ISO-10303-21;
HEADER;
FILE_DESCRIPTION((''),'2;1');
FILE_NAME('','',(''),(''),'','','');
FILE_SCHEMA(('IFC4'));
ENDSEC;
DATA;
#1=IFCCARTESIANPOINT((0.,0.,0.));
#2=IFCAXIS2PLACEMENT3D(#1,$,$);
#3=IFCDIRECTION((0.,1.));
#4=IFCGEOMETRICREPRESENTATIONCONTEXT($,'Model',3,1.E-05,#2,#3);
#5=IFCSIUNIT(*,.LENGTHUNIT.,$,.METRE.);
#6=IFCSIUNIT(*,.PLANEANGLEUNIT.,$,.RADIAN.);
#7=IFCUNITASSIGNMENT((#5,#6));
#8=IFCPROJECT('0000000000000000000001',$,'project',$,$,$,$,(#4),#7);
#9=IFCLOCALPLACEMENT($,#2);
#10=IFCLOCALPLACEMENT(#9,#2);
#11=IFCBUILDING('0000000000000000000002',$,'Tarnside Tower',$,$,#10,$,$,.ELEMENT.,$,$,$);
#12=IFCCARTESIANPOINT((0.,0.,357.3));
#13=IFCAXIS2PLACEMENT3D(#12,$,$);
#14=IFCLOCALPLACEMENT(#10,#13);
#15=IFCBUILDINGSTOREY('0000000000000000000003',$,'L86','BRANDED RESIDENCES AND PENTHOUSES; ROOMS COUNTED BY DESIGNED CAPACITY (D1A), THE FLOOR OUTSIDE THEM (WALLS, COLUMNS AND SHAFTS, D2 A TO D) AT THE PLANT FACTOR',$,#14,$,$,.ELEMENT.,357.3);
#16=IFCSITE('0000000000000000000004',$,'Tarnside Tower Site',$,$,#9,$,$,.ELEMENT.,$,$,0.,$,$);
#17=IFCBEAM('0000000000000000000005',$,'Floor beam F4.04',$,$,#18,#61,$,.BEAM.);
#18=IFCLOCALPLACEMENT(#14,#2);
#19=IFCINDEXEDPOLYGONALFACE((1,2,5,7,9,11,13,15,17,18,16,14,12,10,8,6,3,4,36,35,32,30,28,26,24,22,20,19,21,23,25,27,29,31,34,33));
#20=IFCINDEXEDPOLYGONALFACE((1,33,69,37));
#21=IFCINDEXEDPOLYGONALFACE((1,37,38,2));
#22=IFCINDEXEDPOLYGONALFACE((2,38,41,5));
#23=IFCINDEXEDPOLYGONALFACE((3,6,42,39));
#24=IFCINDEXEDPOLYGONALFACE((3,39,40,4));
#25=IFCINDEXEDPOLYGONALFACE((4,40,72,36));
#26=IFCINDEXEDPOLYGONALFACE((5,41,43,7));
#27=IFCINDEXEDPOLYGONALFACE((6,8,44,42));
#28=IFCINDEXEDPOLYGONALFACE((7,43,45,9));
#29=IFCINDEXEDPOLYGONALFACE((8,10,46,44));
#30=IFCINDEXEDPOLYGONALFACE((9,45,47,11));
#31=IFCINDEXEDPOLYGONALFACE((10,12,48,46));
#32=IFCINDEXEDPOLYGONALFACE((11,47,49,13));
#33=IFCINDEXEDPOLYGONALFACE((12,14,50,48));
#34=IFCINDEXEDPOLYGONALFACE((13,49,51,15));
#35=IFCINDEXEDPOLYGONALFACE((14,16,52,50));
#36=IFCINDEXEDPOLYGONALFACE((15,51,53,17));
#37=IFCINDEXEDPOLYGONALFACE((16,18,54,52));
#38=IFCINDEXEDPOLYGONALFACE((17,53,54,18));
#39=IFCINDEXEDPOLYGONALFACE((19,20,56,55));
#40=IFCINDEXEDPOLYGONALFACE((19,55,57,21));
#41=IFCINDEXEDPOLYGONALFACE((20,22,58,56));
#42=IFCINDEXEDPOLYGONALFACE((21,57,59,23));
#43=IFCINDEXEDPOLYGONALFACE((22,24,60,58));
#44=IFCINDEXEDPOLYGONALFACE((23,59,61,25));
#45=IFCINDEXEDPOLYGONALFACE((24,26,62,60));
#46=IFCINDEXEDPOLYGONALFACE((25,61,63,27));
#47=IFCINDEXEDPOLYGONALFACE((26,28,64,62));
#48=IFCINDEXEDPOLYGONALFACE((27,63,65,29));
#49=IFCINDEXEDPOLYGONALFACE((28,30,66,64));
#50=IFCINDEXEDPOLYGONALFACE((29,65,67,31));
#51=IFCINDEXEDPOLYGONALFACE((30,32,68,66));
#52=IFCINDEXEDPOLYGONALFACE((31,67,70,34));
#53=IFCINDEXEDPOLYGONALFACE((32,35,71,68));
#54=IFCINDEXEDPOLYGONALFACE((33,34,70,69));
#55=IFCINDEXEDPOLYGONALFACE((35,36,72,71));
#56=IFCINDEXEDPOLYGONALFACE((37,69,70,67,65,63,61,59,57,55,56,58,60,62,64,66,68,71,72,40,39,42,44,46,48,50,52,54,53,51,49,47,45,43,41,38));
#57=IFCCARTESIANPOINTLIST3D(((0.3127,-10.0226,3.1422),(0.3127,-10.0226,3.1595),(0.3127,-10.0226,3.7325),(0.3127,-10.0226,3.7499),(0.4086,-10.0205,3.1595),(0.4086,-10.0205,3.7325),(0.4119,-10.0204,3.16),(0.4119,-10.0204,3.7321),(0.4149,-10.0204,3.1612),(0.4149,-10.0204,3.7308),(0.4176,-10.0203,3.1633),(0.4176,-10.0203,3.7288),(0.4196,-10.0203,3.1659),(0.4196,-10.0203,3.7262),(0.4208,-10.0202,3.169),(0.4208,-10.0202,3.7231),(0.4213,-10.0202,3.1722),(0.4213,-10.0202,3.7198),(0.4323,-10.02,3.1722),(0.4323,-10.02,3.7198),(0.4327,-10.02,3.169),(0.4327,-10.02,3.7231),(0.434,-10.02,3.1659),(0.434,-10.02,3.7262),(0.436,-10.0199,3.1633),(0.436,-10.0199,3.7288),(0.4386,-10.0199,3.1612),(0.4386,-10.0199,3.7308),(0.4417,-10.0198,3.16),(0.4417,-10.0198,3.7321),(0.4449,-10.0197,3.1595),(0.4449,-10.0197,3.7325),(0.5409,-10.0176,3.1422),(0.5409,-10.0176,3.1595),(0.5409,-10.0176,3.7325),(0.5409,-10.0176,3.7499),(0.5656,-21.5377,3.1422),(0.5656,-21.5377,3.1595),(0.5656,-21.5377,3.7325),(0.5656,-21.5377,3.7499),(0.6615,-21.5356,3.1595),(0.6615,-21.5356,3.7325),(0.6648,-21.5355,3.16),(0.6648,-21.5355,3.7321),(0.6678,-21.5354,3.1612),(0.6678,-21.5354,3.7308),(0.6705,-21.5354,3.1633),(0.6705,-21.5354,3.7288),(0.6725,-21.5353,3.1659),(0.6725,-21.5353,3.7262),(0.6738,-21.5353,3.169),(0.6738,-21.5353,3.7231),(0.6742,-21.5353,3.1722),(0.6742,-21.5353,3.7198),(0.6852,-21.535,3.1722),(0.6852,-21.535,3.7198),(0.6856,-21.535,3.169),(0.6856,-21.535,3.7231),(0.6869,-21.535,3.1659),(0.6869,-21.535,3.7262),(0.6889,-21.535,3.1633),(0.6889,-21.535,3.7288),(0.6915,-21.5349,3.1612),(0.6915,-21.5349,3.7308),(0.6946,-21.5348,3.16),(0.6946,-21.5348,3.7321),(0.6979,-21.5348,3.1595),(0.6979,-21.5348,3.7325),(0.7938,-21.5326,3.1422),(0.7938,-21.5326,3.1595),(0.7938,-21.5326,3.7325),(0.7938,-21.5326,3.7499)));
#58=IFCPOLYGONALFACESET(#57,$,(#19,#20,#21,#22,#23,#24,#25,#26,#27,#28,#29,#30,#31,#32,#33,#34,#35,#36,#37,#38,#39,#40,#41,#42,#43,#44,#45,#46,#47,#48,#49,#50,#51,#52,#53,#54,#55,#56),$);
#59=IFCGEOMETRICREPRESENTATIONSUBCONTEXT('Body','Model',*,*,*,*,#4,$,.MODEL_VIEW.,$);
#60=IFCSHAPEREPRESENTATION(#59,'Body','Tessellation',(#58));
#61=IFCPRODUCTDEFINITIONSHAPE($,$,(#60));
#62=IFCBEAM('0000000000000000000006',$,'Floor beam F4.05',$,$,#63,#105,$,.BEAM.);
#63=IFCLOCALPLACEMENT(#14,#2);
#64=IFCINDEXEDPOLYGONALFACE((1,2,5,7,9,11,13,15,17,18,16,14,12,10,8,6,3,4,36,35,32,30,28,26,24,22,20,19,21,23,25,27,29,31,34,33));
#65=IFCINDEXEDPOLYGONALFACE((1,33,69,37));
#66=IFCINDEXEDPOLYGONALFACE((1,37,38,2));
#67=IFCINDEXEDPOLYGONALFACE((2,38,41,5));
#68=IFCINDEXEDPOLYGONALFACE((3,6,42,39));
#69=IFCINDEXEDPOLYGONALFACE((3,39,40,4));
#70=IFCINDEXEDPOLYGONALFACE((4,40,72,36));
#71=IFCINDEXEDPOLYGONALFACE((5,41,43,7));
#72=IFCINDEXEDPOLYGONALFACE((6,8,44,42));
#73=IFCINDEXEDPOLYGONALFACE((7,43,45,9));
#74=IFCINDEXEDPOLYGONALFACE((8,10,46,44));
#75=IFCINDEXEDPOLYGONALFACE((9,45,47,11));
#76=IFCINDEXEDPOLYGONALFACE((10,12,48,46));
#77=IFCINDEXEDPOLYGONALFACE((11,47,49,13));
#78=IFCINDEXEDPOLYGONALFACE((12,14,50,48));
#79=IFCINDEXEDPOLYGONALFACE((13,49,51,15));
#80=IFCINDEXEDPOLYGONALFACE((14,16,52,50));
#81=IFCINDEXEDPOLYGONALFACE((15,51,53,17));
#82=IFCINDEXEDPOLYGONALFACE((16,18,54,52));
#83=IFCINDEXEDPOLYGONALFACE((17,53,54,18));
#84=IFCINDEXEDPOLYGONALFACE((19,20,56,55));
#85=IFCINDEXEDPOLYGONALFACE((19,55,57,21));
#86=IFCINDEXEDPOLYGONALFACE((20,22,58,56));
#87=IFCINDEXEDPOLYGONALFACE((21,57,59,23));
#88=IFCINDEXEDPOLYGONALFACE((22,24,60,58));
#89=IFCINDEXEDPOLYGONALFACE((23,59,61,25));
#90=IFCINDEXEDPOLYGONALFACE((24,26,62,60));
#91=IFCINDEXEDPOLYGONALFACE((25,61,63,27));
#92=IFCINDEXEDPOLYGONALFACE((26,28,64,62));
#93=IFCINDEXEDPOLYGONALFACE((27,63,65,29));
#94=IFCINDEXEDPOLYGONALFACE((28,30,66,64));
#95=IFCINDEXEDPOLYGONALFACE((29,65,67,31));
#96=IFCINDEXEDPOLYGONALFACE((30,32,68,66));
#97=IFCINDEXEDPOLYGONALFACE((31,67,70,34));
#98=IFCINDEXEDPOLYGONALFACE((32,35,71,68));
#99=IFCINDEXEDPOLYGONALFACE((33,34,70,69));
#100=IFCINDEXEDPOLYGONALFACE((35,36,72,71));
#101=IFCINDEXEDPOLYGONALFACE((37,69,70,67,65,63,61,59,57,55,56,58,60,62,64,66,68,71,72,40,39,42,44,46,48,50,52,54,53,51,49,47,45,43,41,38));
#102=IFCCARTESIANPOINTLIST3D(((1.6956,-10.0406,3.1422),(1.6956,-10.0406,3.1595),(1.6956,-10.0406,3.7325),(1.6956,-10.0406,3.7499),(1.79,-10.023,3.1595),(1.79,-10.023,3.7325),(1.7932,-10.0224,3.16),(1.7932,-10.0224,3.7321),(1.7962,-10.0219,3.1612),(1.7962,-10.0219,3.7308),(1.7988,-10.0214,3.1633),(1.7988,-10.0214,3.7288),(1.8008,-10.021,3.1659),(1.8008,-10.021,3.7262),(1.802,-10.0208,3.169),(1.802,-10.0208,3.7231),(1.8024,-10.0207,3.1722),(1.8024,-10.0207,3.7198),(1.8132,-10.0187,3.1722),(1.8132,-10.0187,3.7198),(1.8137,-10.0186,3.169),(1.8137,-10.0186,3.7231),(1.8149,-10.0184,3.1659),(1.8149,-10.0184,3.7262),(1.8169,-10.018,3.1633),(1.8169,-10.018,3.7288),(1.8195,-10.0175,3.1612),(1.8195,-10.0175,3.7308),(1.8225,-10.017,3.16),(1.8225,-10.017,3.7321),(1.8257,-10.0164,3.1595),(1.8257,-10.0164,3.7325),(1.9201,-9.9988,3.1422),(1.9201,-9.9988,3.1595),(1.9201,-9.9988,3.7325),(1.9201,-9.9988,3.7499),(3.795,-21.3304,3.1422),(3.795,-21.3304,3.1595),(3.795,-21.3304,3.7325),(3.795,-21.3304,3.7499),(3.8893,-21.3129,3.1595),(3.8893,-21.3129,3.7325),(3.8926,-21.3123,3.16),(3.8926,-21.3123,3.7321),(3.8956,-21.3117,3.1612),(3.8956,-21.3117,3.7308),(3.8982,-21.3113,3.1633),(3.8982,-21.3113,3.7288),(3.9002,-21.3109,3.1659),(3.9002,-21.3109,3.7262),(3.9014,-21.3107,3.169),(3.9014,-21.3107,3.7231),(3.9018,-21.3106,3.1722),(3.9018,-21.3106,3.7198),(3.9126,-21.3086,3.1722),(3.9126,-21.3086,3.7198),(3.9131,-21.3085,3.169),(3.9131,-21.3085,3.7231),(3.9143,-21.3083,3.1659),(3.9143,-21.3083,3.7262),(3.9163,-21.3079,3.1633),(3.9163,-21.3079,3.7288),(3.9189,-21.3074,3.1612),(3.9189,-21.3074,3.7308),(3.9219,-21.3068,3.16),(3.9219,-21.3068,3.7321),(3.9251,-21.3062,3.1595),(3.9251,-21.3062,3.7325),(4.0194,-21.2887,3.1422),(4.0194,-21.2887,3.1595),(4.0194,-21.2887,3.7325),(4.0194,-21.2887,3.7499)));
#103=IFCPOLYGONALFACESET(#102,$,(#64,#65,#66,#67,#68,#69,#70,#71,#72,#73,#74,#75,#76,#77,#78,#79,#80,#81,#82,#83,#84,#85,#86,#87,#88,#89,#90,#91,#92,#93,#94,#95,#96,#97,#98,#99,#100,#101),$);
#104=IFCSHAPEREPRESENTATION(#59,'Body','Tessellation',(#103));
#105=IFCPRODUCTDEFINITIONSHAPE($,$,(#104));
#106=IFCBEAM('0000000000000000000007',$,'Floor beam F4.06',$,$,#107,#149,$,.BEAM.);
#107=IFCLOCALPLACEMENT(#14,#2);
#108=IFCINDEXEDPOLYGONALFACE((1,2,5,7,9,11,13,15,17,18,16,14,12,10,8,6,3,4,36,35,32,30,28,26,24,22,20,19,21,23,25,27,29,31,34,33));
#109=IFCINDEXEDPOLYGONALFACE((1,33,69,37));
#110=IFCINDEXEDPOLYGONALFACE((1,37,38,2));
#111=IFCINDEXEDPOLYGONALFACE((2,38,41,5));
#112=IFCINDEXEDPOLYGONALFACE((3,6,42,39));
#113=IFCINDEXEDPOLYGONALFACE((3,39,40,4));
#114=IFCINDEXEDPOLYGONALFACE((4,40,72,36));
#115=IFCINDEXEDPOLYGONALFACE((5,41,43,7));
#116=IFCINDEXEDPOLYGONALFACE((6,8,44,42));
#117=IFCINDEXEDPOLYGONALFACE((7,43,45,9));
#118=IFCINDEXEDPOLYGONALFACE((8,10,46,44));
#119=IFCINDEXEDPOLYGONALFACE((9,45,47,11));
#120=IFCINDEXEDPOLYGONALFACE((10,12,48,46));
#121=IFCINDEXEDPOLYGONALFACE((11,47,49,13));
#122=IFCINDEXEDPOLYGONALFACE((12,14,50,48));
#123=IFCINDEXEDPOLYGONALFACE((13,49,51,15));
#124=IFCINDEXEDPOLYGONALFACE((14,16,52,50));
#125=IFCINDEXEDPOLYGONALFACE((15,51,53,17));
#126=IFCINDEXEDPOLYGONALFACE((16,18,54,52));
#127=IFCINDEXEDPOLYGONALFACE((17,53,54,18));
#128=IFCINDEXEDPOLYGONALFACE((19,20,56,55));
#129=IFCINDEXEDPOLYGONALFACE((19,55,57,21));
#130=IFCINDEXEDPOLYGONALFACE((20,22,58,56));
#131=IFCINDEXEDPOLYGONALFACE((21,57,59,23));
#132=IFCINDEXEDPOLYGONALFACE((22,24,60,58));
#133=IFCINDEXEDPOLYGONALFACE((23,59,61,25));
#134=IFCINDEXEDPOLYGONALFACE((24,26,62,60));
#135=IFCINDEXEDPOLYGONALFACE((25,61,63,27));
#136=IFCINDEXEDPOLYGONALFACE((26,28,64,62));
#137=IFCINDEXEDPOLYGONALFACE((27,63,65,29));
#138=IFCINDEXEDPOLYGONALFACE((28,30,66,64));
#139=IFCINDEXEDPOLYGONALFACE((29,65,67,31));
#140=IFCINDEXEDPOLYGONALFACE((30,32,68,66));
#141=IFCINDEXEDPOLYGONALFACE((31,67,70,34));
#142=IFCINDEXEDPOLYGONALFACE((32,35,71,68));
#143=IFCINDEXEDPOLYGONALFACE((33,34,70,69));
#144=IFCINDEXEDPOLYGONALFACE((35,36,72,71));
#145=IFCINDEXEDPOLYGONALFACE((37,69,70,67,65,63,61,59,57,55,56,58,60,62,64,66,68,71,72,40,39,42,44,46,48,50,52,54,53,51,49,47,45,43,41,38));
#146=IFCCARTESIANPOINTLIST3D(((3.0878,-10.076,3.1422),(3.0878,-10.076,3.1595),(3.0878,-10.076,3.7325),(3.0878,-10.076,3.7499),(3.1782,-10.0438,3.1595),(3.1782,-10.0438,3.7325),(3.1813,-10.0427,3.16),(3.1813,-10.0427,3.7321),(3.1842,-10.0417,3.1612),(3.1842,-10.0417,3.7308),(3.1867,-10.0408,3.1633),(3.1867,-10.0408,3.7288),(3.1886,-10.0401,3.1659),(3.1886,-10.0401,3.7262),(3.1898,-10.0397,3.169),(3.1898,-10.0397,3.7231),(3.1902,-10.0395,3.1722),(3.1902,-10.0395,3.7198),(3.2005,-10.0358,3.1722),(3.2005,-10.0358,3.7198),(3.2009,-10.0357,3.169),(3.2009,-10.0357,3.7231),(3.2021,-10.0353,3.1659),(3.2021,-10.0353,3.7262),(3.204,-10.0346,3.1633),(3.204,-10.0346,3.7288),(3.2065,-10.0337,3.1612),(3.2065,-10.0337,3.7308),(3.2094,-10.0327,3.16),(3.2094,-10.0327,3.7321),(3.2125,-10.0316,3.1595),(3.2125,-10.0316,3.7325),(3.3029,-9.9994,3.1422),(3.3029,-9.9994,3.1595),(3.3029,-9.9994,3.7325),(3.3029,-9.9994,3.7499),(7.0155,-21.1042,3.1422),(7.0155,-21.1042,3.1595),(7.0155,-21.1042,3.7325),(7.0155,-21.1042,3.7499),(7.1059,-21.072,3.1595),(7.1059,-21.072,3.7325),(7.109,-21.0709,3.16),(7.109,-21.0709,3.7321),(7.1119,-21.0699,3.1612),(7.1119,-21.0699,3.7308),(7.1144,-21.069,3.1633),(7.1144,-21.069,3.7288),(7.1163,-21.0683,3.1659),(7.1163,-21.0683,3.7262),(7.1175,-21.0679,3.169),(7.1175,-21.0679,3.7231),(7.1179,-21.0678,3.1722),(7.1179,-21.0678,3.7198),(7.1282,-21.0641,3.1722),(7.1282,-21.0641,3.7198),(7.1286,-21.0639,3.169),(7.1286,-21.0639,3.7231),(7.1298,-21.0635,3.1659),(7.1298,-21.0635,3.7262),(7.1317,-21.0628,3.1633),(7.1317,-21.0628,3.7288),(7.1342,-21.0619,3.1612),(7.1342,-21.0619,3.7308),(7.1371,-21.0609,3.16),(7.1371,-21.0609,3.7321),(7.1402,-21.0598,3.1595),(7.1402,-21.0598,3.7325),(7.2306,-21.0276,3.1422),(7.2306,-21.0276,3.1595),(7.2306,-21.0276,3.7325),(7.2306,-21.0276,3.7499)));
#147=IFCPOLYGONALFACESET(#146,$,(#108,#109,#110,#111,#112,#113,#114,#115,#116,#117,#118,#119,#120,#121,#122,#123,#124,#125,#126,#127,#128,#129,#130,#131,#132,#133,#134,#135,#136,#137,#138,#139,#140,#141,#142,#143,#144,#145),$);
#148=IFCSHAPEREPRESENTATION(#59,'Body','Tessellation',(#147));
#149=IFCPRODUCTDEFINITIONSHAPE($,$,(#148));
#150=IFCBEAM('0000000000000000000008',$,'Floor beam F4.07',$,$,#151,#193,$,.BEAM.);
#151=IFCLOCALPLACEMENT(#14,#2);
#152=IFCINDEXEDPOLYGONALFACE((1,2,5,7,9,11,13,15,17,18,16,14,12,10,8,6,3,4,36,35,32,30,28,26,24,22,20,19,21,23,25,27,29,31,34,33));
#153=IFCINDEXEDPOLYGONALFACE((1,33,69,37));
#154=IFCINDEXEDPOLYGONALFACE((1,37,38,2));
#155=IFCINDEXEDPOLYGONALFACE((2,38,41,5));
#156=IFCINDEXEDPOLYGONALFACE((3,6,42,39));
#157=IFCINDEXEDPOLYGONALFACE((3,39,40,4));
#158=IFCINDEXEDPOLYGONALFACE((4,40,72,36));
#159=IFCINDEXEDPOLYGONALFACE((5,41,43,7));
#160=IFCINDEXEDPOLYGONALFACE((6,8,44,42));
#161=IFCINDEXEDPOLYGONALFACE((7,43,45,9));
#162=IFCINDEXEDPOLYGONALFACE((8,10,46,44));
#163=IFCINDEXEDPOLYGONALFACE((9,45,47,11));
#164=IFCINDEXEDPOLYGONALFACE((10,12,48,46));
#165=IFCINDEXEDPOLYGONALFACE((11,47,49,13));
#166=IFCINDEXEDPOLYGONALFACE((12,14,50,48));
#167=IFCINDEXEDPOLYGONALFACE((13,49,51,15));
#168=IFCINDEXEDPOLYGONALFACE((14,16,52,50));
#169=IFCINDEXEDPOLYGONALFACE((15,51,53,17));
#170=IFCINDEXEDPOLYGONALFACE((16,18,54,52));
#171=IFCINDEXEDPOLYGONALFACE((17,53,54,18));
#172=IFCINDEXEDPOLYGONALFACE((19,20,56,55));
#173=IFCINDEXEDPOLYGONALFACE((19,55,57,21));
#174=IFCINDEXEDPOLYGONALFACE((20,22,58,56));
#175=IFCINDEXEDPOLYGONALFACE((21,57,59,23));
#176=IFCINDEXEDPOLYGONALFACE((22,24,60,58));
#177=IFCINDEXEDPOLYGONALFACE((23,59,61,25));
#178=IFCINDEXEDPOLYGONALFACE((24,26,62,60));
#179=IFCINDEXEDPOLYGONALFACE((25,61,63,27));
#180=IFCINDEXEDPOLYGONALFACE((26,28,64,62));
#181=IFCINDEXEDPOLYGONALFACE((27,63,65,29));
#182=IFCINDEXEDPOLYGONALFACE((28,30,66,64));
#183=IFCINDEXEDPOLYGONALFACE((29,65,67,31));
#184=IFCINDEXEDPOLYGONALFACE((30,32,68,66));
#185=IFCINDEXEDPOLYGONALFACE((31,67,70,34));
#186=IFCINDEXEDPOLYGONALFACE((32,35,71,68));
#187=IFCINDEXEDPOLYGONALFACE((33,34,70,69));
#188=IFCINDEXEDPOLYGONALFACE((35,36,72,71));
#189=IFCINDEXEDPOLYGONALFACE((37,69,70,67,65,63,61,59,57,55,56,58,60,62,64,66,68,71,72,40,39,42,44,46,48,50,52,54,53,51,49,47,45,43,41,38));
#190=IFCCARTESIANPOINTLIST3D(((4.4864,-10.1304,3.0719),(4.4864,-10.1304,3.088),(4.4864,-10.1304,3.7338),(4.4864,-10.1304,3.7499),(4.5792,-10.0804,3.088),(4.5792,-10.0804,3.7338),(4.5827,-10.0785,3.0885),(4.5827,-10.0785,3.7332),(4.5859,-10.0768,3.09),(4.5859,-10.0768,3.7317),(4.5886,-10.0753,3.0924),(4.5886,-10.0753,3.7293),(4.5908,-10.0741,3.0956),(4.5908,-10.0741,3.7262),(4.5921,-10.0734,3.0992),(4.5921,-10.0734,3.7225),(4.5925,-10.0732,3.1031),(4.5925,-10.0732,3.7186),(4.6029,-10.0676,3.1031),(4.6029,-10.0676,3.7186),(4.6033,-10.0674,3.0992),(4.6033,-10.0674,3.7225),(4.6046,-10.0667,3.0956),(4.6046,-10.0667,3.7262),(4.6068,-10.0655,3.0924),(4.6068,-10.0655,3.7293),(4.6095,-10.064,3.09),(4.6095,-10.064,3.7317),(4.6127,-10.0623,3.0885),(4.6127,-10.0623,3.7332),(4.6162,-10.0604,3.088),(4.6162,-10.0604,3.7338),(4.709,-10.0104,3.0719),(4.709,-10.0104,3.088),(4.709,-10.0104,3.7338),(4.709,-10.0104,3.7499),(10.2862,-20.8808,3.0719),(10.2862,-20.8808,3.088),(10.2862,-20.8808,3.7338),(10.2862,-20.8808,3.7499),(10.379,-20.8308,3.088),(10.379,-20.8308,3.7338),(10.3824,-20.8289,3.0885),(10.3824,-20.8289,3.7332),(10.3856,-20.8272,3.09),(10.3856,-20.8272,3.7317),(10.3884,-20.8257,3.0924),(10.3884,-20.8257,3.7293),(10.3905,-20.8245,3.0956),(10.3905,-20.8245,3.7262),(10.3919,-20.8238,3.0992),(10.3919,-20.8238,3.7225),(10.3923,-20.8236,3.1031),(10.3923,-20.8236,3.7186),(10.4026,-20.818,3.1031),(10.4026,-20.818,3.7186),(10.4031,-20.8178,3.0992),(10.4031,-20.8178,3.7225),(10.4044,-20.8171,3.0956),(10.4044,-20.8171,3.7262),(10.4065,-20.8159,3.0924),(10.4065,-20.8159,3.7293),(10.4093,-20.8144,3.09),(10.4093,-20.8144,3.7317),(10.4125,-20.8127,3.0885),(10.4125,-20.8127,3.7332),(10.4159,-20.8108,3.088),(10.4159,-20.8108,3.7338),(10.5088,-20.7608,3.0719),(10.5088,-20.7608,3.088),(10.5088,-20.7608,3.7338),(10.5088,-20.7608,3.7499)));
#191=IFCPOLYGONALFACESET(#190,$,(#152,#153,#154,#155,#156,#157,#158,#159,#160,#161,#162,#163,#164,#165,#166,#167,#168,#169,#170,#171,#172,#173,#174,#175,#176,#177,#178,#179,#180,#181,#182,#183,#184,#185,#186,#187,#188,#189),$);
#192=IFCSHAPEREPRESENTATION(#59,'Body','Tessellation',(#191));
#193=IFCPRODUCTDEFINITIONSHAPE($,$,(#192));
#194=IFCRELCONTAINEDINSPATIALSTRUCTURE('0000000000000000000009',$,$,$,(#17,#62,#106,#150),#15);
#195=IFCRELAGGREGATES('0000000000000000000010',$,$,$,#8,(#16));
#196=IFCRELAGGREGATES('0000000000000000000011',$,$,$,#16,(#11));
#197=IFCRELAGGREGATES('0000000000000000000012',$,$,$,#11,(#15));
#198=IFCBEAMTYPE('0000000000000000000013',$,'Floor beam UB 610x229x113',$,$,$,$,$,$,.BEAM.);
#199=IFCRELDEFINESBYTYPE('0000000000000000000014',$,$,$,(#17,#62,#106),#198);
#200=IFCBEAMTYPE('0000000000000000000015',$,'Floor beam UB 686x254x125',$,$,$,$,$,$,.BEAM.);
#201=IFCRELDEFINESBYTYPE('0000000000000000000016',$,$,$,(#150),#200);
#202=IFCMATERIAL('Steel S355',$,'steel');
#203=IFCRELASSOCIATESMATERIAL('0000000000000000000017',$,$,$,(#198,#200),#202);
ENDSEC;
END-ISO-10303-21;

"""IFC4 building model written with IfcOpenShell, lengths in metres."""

from ifc_helpers import new_model, si_unit, direction, frame, origin, origin_2d, place, context, subcontext, project, spatial, i_section, extrude, material, material_profile, profile_set, type_object, element, save


model = new_model("IFC4")

# Units and contexts
model_context = context("Model", 3, precision=1e-05, world=origin(), true_north=direction((0.0, 1.0)))
body_context = subcontext(model_context, "Body", "Model", "MODEL_VIEW")
ifc_project = project(units=[si_unit("LENGTHUNIT", "METRE"), si_unit("PLANEANGLEUNIT", "RADIAN")], contexts=[model_context])

# Site, building, storey
site_placement = place(None, origin())
site = spatial("IfcSite", under=ifc_project, at=site_placement, Name="Tarnside Tower Site", CompositionType="ELEMENT", RefElevation=0.0)
building_placement = place(site_placement, origin())
building = spatial("IfcBuilding", under=site, at=building_placement, Name="Tarnside Tower", CompositionType="ELEMENT")
storey_placement = place(building_placement, frame((0.0, 0.0, 357.3)))
storey = spatial("IfcBuildingStorey", under=building, at=storey_placement, Name="L86", Description="BRANDED RESIDENCES AND PENTHOUSES; ROOMS COUNTED BY DESIGNED CAPACITY (D1A), THE FLOOR OUTSIDE THEM (WALLS, COLUMNS AND SHAFTS, D2 A TO D) AT THE PLANT FACTOR", CompositionType="ELEMENT", Elevation=357.3)

# Beams
ifc_material_1 = material(Name="Steel S355", Category="steel")
ifc_material_profile_1 = material_profile(ifc_material_1, i_section(OverallWidth=0.2283, OverallDepth=0.6077, WebThickness=0.011, FlangeThickness=0.0173, FilletRadius=0.0127, at=origin_2d()), Name="UB 610x229x113")
ifc_profile_set_1 = profile_set([ifc_material_profile_1], Name="Steel S355")
beam_type_1 = type_object("IfcBeamType", Name="Floor beam UB 610x229x113", PredefinedType="BEAM", material=ifc_profile_set_1)
beam_1_placement = place(storey_placement, frame((0.6797, -21.5352, 3.446), z_axis=(-0.02196, 0.999759, 0.0), x_axis=(-0.999759, -0.02196, 0.0)))
element("IfcBeam", 1, at=beam_1_placement, inside=storey, type_object=beam_type_1, Name="Floor beam F4.04", PredefinedType="BEAM", context=body_context, shape_type="SweptSolid", body=[
    extrude(i_section(OverallWidth=0.2283, OverallDepth=0.6077, WebThickness=0.011, FlangeThickness=0.0173, FilletRadius=0.0127, at=origin_2d()), origin(), (0.0, 0.0, 1.0), 11.5178),
])
beam_2_placement = place(storey_placement, frame((3.9072, -21.3096, 3.446), z_axis=(-0.182819, 0.983147, 0.0), x_axis=(-0.983147, -0.182819, 0.0)))
element("IfcBeam", 2, at=beam_2_placement, inside=storey, type_object=beam_type_1, Name="Floor beam F4.05", PredefinedType="BEAM", context=body_context, shape_type="SweptSolid", body=[
    extrude(i_section(OverallWidth=0.2283, OverallDepth=0.6077, WebThickness=0.011, FlangeThickness=0.0173, FilletRadius=0.0127, at=origin_2d()), origin(), (0.0, 0.0, 1.0), 11.4834),
])
beam_3_placement = place(storey_placement, frame((7.123, -21.0659, 3.446), z_axis=(-0.335507, 0.942038, 0.0), x_axis=(-0.942038, -0.335507, 0.0)))
element("IfcBeam", 3, at=beam_3_placement, inside=storey, type_object=beam_type_1, Name="Floor beam F4.06", PredefinedType="BEAM", context=body_context, shape_type="SweptSolid", body=[
    extrude(i_section(OverallWidth=0.2283, OverallDepth=0.6077, WebThickness=0.011, FlangeThickness=0.0173, FilletRadius=0.0127, at=origin_2d()), origin(), (0.0, 0.0, 1.0), 11.7068),
])
ifc_material_profile_2 = material_profile(ifc_material_1, i_section(OverallWidth=0.2529, OverallDepth=0.678, WebThickness=0.0117, FlangeThickness=0.0161, FilletRadius=0.0151, at=origin_2d()), Name="UB 686x254x125")
ifc_profile_set_2 = profile_set([ifc_material_profile_2], Name="Steel S355")
beam_type_2 = type_object("IfcBeamType", Name="Floor beam UB 686x254x125", PredefinedType="BEAM", material=ifc_profile_set_2)
beam_4_placement = place(storey_placement, frame((10.3975, -20.8208, 3.4109), z_axis=(-0.474803, 0.880092, 0.0), x_axis=(-0.880092, -0.474803, 0.0)))
element("IfcBeam", 4, at=beam_4_placement, inside=storey, type_object=beam_type_2, Name="Floor beam F4.07", PredefinedType="BEAM", context=body_context, shape_type="SweptSolid", body=[
    extrude(i_section(OverallWidth=0.2529, OverallDepth=0.678, WebThickness=0.0117, FlangeThickness=0.0161, FilletRadius=0.0151, at=origin_2d()), origin(), (0.0, 0.0, 1.0), 12.2151),
])

save(model, "model.ifc")
